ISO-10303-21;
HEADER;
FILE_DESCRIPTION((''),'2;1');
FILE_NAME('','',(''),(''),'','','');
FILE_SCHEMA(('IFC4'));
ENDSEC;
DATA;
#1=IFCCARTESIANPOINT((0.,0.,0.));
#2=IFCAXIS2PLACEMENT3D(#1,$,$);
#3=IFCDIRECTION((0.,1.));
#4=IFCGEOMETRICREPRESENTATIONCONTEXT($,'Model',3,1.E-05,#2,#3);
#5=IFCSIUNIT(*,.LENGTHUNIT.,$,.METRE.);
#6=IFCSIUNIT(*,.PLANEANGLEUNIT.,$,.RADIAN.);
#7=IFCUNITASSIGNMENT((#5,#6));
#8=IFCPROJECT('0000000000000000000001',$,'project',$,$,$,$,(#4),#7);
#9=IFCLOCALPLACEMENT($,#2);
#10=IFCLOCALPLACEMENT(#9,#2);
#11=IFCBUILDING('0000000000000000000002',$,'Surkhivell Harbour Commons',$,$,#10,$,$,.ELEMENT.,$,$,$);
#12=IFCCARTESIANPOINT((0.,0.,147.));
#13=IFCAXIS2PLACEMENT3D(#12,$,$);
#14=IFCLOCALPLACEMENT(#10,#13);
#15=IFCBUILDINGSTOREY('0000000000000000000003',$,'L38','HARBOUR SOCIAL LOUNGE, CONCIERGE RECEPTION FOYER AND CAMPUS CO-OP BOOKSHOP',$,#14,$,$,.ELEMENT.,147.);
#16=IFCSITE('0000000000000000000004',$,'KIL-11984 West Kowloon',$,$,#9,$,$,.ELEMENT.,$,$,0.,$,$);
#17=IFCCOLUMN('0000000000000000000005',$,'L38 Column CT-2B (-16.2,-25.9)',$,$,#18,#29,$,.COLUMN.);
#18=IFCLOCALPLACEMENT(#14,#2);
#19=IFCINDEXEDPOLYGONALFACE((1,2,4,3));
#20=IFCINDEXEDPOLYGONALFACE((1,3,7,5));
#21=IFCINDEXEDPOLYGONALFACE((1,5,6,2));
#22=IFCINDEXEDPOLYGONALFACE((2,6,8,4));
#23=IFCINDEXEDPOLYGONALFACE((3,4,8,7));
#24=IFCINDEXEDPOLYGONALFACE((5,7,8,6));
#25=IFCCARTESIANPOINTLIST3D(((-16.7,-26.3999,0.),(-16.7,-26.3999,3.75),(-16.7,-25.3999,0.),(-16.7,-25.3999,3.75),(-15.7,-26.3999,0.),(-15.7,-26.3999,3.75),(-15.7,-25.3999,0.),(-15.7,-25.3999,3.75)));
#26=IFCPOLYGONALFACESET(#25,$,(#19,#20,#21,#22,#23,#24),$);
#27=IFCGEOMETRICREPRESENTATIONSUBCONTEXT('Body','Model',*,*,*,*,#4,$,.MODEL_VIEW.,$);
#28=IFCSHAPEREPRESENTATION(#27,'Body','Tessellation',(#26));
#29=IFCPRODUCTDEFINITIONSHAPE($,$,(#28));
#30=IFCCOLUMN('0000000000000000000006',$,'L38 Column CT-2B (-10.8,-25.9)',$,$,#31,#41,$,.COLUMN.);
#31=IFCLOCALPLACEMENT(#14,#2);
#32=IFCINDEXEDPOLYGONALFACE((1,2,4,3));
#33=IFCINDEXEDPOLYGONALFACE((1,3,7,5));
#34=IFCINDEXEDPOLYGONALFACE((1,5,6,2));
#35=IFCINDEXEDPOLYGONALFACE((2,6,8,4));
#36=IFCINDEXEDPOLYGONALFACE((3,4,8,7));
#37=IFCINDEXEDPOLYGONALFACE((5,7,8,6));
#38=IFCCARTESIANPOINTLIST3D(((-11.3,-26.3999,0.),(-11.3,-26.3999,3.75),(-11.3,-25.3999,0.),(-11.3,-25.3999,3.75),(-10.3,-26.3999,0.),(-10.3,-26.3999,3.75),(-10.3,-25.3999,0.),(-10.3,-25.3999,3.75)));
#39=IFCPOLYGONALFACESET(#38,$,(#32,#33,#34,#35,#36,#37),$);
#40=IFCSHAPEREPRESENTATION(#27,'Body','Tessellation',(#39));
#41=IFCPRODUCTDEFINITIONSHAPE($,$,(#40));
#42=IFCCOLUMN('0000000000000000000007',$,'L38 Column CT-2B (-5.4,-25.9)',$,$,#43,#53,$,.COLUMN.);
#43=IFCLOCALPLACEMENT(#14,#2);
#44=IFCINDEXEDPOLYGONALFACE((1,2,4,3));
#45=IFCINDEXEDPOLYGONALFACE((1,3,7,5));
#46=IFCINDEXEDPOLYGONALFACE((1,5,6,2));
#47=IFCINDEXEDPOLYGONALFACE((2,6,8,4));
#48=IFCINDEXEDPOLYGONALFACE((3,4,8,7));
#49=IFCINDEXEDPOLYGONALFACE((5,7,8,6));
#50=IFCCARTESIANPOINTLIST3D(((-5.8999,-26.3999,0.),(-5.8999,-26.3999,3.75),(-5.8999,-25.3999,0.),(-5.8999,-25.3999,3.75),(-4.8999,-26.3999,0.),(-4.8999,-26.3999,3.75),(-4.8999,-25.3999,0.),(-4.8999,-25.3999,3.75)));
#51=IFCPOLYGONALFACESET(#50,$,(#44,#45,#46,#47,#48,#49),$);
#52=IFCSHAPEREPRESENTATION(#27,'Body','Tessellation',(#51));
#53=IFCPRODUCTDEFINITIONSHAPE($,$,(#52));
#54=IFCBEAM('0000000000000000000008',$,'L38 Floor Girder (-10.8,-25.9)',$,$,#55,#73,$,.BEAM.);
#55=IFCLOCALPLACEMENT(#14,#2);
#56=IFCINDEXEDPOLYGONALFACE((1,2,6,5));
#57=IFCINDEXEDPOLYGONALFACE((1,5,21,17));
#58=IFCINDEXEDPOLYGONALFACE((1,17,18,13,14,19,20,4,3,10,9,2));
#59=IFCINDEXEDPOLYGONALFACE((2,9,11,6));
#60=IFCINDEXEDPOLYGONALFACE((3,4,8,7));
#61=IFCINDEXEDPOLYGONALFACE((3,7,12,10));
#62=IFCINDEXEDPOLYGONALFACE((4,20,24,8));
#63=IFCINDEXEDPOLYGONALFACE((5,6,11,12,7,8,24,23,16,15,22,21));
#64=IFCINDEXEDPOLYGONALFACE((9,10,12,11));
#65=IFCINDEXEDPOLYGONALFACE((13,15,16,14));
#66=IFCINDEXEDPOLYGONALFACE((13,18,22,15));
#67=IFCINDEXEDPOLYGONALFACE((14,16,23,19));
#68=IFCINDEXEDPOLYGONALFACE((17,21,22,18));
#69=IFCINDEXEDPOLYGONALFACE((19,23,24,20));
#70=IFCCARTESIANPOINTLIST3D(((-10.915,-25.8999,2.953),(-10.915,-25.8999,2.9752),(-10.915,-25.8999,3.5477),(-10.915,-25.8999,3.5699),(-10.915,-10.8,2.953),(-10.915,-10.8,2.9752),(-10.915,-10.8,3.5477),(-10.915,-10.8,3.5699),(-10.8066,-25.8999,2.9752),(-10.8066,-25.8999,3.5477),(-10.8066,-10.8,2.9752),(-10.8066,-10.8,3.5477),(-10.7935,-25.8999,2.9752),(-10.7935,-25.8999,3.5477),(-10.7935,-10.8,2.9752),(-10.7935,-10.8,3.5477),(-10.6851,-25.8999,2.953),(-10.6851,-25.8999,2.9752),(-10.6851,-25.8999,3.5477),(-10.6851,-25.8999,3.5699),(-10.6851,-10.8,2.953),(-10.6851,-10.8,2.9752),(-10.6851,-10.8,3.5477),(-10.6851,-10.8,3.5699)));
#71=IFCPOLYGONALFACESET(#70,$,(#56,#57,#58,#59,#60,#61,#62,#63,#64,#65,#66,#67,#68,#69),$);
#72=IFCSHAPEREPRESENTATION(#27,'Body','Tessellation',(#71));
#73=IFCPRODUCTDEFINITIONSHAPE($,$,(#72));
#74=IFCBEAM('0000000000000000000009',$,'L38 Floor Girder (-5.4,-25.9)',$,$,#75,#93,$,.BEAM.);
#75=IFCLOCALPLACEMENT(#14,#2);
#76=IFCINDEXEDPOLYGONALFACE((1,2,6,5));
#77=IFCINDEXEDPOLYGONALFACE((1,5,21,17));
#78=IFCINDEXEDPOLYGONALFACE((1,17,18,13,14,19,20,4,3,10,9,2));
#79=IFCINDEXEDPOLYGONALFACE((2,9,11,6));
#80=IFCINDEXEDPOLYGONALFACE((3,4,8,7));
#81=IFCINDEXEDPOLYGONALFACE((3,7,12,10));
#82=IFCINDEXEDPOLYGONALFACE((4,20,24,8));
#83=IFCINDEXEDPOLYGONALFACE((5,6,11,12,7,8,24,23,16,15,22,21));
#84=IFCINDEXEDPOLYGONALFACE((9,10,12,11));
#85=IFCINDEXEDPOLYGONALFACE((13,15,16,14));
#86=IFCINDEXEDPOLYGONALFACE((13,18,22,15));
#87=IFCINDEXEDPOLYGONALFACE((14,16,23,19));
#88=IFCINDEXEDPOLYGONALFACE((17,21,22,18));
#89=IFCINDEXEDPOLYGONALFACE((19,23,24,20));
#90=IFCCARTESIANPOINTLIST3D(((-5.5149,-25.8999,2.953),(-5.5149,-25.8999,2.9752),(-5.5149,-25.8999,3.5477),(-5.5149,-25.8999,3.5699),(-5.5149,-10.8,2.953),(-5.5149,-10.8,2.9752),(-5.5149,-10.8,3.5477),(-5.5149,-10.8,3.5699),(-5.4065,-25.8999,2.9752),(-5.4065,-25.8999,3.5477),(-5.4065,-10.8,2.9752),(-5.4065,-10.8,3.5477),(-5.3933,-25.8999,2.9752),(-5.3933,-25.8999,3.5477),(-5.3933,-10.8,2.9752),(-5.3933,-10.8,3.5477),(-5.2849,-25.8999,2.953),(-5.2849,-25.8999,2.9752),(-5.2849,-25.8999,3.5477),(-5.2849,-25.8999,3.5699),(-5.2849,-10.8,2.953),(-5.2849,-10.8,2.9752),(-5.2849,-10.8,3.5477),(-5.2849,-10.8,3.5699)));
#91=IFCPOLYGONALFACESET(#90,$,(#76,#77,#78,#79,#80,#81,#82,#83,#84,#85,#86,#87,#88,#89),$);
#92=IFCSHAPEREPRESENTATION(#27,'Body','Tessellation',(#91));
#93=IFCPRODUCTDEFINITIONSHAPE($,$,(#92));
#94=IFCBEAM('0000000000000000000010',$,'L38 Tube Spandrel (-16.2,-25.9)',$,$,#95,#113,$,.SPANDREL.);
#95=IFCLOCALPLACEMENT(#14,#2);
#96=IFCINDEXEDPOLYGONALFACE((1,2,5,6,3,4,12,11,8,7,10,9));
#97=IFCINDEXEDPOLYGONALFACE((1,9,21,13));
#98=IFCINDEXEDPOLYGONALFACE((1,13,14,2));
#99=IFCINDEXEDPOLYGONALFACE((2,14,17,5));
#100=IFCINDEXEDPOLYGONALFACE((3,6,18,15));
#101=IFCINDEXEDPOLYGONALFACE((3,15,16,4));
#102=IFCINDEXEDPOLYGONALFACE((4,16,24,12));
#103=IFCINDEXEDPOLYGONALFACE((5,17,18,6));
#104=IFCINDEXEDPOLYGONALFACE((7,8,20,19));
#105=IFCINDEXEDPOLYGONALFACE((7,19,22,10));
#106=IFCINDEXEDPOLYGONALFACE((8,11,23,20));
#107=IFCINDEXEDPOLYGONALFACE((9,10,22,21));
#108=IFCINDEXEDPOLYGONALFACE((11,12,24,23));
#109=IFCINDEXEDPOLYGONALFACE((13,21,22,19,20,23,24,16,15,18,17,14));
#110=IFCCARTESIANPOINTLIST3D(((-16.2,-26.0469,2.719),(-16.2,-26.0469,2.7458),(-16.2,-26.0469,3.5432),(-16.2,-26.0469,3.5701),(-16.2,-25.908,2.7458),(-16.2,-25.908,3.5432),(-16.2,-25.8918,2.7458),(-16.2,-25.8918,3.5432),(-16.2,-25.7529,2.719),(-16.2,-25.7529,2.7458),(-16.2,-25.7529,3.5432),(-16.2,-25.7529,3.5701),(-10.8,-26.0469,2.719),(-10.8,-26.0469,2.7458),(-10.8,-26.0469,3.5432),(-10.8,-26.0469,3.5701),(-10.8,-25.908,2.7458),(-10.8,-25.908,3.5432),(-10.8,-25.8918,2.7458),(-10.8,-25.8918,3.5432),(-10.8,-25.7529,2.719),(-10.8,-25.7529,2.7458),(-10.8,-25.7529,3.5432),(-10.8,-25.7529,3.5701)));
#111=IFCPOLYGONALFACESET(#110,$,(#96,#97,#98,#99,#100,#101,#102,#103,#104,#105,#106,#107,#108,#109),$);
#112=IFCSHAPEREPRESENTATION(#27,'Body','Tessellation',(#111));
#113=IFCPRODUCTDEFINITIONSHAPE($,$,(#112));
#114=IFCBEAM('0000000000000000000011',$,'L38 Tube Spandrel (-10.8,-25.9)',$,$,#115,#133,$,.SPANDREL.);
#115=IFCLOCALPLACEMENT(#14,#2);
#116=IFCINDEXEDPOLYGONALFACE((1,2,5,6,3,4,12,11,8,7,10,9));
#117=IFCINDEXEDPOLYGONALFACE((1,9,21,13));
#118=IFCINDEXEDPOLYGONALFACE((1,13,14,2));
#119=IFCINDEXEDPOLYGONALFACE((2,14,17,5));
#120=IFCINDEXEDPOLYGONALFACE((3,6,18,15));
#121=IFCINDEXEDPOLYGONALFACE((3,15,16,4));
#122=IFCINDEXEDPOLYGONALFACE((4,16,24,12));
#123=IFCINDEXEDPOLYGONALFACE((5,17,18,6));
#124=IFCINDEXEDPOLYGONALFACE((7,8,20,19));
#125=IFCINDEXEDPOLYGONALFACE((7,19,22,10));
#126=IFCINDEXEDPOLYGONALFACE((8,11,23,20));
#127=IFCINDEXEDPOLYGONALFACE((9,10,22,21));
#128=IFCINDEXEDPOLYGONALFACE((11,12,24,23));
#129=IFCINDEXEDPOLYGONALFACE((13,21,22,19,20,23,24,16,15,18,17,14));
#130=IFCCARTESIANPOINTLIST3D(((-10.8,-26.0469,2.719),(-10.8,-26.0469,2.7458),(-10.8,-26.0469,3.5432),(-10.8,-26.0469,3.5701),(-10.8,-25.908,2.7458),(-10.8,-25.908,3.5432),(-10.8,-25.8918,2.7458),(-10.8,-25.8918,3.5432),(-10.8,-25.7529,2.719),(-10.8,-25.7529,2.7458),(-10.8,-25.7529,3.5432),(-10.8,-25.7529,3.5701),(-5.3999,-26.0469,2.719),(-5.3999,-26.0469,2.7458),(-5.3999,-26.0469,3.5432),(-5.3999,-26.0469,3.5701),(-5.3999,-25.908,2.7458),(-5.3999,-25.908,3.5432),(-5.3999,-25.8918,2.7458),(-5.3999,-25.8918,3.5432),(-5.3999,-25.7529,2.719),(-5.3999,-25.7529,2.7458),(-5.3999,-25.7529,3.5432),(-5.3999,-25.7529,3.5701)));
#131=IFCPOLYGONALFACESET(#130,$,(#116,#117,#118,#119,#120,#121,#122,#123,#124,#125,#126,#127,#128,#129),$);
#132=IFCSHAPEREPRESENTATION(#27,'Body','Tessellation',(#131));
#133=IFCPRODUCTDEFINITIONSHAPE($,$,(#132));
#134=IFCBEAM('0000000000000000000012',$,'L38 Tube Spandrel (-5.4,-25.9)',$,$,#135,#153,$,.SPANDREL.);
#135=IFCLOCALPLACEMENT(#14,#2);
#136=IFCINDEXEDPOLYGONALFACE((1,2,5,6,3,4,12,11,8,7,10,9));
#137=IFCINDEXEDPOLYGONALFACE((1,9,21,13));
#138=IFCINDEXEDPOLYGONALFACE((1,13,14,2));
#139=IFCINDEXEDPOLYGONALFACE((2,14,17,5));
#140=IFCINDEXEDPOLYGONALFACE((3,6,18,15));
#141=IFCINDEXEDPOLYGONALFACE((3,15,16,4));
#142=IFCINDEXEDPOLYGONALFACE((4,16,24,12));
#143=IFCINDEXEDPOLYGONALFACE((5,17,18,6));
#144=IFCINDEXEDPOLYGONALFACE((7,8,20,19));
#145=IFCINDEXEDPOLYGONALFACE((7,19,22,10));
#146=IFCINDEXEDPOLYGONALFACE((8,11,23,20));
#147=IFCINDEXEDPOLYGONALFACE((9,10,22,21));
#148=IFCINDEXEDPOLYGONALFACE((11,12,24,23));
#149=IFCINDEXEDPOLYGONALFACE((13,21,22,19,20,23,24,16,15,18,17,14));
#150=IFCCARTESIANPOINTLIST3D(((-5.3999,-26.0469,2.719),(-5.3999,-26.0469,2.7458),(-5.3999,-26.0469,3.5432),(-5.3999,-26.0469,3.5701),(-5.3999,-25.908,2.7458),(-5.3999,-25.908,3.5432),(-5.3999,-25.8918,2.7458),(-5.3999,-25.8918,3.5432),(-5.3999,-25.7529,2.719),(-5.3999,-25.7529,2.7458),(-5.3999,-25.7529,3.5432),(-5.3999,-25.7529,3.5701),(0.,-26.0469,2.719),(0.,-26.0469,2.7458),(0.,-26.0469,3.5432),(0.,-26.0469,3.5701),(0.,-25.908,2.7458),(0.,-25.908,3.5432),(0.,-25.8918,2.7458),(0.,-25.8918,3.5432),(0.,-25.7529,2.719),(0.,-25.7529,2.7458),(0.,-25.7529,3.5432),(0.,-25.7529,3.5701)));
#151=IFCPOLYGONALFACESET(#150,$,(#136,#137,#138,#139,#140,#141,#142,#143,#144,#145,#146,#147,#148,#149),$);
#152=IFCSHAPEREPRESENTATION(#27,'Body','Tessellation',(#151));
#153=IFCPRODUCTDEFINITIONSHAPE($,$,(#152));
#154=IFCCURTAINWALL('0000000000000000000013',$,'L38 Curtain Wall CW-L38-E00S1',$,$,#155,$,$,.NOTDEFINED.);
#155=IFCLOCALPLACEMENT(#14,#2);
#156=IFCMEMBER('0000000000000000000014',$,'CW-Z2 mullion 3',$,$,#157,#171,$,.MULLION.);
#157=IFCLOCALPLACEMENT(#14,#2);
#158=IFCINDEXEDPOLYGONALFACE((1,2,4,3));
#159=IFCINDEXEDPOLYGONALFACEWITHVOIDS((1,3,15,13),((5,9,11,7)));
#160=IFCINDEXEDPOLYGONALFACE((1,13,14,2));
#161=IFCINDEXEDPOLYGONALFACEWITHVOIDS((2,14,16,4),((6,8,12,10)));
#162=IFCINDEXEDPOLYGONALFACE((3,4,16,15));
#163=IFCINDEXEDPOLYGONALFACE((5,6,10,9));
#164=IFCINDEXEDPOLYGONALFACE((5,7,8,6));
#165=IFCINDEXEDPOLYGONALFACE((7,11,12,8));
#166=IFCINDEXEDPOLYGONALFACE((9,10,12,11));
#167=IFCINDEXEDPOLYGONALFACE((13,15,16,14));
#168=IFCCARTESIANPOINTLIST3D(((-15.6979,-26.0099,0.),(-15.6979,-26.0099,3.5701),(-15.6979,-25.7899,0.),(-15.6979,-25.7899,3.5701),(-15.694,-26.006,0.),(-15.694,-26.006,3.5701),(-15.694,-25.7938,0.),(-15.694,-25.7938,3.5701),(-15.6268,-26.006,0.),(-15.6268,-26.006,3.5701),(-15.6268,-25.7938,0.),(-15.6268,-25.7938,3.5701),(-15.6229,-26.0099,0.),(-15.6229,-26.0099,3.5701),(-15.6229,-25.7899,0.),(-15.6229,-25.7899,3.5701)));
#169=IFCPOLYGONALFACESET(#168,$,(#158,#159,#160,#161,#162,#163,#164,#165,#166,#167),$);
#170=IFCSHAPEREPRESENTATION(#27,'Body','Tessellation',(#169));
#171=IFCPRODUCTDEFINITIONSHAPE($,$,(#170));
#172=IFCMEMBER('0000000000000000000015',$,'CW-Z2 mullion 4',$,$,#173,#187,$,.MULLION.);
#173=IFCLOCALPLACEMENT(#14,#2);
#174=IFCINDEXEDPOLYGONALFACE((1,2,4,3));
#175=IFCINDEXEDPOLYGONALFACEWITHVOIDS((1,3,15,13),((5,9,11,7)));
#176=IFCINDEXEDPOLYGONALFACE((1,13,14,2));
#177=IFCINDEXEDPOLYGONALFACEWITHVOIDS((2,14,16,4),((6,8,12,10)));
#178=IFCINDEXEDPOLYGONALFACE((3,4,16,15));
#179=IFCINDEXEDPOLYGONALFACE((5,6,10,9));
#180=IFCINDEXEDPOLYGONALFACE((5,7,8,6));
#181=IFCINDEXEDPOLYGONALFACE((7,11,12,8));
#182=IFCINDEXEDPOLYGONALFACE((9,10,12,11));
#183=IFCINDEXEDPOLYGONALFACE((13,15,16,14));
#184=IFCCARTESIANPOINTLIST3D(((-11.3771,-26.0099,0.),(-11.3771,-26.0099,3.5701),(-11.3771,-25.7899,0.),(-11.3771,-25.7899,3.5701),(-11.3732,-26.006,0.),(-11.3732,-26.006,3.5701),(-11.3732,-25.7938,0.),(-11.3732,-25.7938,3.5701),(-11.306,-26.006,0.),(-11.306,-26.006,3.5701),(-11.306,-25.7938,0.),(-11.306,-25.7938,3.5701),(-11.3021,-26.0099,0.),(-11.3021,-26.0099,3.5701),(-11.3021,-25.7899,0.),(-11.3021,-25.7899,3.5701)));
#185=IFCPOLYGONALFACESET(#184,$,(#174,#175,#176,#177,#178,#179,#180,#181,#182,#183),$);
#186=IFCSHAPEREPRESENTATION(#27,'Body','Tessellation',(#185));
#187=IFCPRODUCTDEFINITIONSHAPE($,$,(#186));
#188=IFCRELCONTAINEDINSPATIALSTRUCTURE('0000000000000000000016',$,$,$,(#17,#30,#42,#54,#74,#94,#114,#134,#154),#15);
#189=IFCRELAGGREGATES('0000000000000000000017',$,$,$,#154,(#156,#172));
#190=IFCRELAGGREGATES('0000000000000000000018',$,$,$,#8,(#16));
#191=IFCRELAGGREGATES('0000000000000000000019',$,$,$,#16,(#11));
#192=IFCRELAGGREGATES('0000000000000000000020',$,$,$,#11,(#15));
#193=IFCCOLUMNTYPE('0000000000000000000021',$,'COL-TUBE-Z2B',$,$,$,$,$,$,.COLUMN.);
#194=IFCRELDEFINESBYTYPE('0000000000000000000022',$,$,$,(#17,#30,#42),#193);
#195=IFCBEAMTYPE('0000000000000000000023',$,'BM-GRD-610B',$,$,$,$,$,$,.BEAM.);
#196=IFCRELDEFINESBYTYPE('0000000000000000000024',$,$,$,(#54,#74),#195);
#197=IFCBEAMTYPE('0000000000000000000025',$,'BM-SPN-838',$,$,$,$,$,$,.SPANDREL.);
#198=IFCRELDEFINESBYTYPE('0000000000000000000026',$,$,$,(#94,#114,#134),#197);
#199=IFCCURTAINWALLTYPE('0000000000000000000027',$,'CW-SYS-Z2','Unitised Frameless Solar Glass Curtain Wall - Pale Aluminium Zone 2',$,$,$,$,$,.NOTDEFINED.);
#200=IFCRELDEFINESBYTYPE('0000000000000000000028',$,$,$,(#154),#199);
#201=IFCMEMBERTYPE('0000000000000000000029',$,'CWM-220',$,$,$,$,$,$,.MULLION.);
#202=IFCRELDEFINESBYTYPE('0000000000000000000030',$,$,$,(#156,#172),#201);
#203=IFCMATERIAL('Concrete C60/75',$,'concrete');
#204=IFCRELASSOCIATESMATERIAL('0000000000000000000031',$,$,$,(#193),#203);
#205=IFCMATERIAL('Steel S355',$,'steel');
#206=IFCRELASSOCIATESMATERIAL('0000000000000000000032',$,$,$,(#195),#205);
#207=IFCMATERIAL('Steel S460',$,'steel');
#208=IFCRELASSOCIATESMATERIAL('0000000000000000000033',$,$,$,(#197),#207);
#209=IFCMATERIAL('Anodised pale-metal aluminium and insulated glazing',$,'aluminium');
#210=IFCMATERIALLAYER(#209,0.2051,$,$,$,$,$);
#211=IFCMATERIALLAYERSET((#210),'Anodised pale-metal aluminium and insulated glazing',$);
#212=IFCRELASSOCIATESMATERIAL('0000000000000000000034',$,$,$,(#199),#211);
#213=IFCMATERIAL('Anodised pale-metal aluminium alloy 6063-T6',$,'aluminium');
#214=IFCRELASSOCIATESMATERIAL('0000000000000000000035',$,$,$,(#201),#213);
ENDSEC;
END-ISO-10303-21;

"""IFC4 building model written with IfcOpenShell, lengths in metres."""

from ifc_helpers import new_model, si_unit, direction, frame, origin, origin_2d, place, context, subcontext, project, spatial, rectangle, hollow_rectangle, i_section, extrude, material, layer, layer_set, material_profile, profile_set, type_object, element, aggregate, save


model = new_model("IFC4")

# Units and contexts
model_context = context("Model", 3, precision=1e-05, world=origin(), true_north=direction((0.0, 1.0)))
body_context = subcontext(model_context, "Body", "Model", "MODEL_VIEW")
ifc_project = project(units=[si_unit("LENGTHUNIT", "METRE"), si_unit("PLANEANGLEUNIT", "RADIAN")], contexts=[model_context])

# Site, building, storey
site_placement = place(None, origin())
site = spatial("IfcSite", under=ifc_project, at=site_placement, Name="KIL-11984 West Kowloon", CompositionType="ELEMENT", RefElevation=0.0)
building_placement = place(site_placement, origin())
building = spatial("IfcBuilding", under=site, at=building_placement, Name="Surkhivell Harbour Commons", CompositionType="ELEMENT")
storey_placement = place(building_placement, frame((0.0, 0.0, 147.0)))
storey = spatial("IfcBuildingStorey", under=building, at=storey_placement, Name="L38", Description="HARBOUR SOCIAL LOUNGE, CONCIERGE RECEPTION FOYER AND CAMPUS CO-OP BOOKSHOP", CompositionType="ELEMENT", Elevation=147.0)

# Columns
ifc_material_1 = material(Name="Concrete C60/75", Category="concrete")
ifc_material_profile_1 = material_profile(ifc_material_1, rectangle(XDim=1.0, YDim=1.0, at=origin_2d()), Name="RC-COL-1000x1000")
ifc_profile_set_1 = profile_set([ifc_material_profile_1], Name="Concrete C60/75")
column_type = type_object("IfcColumnType", Name="COL-TUBE-Z2B", PredefinedType="COLUMN", material=ifc_profile_set_1)
for number, where, z_axis, x_axis, name in (
    (1, (-16.2, -25.8999, 0.0), (0.0, 0.0, 1.0), (1.0, 0.0, 0.0), "L38 Column CT-2B (-16.2,-25.9)"),
    (2, (-10.8, -25.8999, 0.0), (0.0, 0.0, 1.0), (1.0, 0.0, 0.0), "L38 Column CT-2B (-10.8,-25.9)"),
    (3, (-5.3999, -25.8999, 0.0), (0.0, 0.0, 1.0), (1.0, 0.0, 0.0), "L38 Column CT-2B (-5.4,-25.9)"),
):
    element("IfcColumn", number, at=place(storey_placement, frame(where, z_axis=z_axis, x_axis=x_axis)), inside=storey, type_object=column_type, Name=name, PredefinedType="COLUMN", context=body_context, shape_type="SweptSolid", body=[
        extrude(rectangle(XDim=1.0, YDim=1.0, at=origin_2d()), origin(), (0.0, 0.0, 1.0), 3.75),
    ])

# Beams
ifc_material_2 = material(Name="Steel S355", Category="steel")
ifc_material_profile_2 = material_profile(ifc_material_2, i_section(OverallWidth=0.23, OverallDepth=0.6169, WebThickness=0.0132, FlangeThickness=0.0222, at=origin_2d()), Name="UB610x229x140")
ifc_profile_set_2 = profile_set([ifc_material_profile_2], Name="Steel S355")
beam_type_1 = type_object("IfcBeamType", Name="BM-GRD-610B", PredefinedType="BEAM", material=ifc_profile_set_2)
for number, where, z_axis, x_axis, name in (
    (4, (-10.8, -25.8999, 3.2615), (0.0, 1.0, 0.0), (-1.0, 0.0, 0.0), "L38 Floor Girder (-10.8,-25.9)"),
    (5, (-5.3999, -25.8999, 3.2615), (0.0, 1.0, 0.0), (-1.0, 0.0, 0.0), "L38 Floor Girder (-5.4,-25.9)"),
):
    element("IfcBeam", number, at=place(storey_placement, frame(where, z_axis=z_axis, x_axis=x_axis)), inside=storey, type_object=beam_type_1, Name=name, PredefinedType="BEAM", context=body_context, shape_type="SweptSolid", body=[
        extrude(i_section(OverallWidth=0.23, OverallDepth=0.6169, WebThickness=0.0132, FlangeThickness=0.0222, at=origin_2d()), origin(), (0.0, 0.0, 1.0), 15.0999),
    ])
ifc_material_3 = material(Name="Steel S460", Category="steel")
ifc_material_profile_3 = material_profile(ifc_material_3, i_section(OverallWidth=0.2939, OverallDepth=0.8511, WebThickness=0.0161, FlangeThickness=0.0269, at=origin_2d()), Name="UB838x292x226")
ifc_profile_set_3 = profile_set([ifc_material_profile_3], Name="Steel S460")
beam_type_2 = type_object("IfcBeamType", Name="BM-SPN-838", PredefinedType="SPANDREL", material=ifc_profile_set_3)
beam_1_placement = place(storey_placement, frame((-16.2, -25.8999, 3.1445), z_axis=(1.0, 0.0, 0.0), x_axis=(0.0, 1.0, 0.0)))
element("IfcBeam", 6, at=beam_1_placement, inside=storey, type_object=beam_type_2, Name="L38 Tube Spandrel (-16.2,-25.9)", PredefinedType="SPANDREL", context=body_context, shape_type="SweptSolid", body=[
    extrude(i_section(OverallWidth=0.2939, OverallDepth=0.8511, WebThickness=0.0161, FlangeThickness=0.0269, at=origin_2d()), origin(), (0.0, 0.0, 1.0), 5.3999),
])
beam_2_placement = place(storey_placement, frame((-10.8, -25.8999, 3.1445), z_axis=(1.0, 0.0, 0.0), x_axis=(0.0, 1.0, 0.0)))
element("IfcBeam", 7, at=beam_2_placement, inside=storey, type_object=beam_type_2, Name="L38 Tube Spandrel (-10.8,-25.9)", PredefinedType="SPANDREL", context=body_context, shape_type="SweptSolid", body=[
    extrude(i_section(OverallWidth=0.2939, OverallDepth=0.8511, WebThickness=0.0161, FlangeThickness=0.0269, at=origin_2d()), origin(), (0.0, 0.0, 1.0), 5.4001),
])
beam_3_placement = place(storey_placement, frame((-5.3999, -25.8999, 3.1445), z_axis=(1.0, 0.0, 0.0), x_axis=(0.0, 1.0, 0.0)))
element("IfcBeam", 8, at=beam_3_placement, inside=storey, type_object=beam_type_2, Name="L38 Tube Spandrel (-5.4,-25.9)", PredefinedType="SPANDREL", context=body_context, shape_type="SweptSolid", body=[
    extrude(i_section(OverallWidth=0.2939, OverallDepth=0.8511, WebThickness=0.0161, FlangeThickness=0.0269, at=origin_2d()), origin(), (0.0, 0.0, 1.0), 5.3999),
])

# Curtain wall, members
ifc_material_4 = material(Name="Anodised pale-metal aluminium and insulated glazing", Category="aluminium")
ifc_layer_1 = layer(ifc_material_4, 0.2051)
ifc_layer_set_1 = layer_set([ifc_layer_1], Name="Anodised pale-metal aluminium and insulated glazing")
curtain_wall_type = type_object("IfcCurtainWallType", Name="CW-SYS-Z2", Description="Unitised Frameless Solar Glass Curtain Wall - Pale Aluminium Zone 2", PredefinedType="NOTDEFINED", material=ifc_layer_set_1)
curtain_wall_1_placement = place(storey_placement, origin())
curtain_wall_1 = element("IfcCurtainWall", 9, at=curtain_wall_1_placement, inside=storey, type_object=curtain_wall_type, Name="L38 Curtain Wall CW-L38-E00S1", PredefinedType="NOTDEFINED")
ifc_material_5 = material(Name="Anodised pale-metal aluminium alloy 6063-T6", Category="aluminium")
ifc_material_profile_4 = material_profile(ifc_material_5, hollow_rectangle(XDim=0.075, YDim=0.22, WallThickness=0.0039, at=origin_2d()), Name="ALU-MULL-75x220")
ifc_profile_set_4 = profile_set([ifc_material_profile_4], Name="Anodised pale-metal aluminium alloy 6063-T6")
member_type_1 = type_object("IfcMemberType", Name="CWM-220", PredefinedType="MULLION", material=ifc_profile_set_4)
member_1_placement = place(storey_placement, frame((-15.6604, -25.8999, 0.0), z_axis=(0.0, 0.0, 1.0), x_axis=(1.0, 0.0, 0.0)))
member_1 = element("IfcMember", 10, at=member_1_placement, type_object=member_type_1, Name="CW-Z2 mullion 3", PredefinedType="MULLION", context=body_context, shape_type="SweptSolid", body=[
    extrude(hollow_rectangle(XDim=0.075, YDim=0.22, WallThickness=0.0039, at=origin_2d()), origin(), (0.0, 0.0, 1.0), 3.5701),
])
member_2_placement = place(storey_placement, frame((-11.3396, -25.8999, 0.0), z_axis=(0.0, 0.0, 1.0), x_axis=(1.0, 0.0, 0.0)))
member_2 = element("IfcMember", 11, at=member_2_placement, type_object=member_type_1, Name="CW-Z2 mullion 4", PredefinedType="MULLION", context=body_context, shape_type="SweptSolid", body=[
    extrude(hollow_rectangle(XDim=0.075, YDim=0.22, WallThickness=0.0039, at=origin_2d()), origin(), (0.0, 0.0, 1.0), 3.5701),
])

aggregate(curtain_wall_1, [member_1, member_2])

save(model, "model.ifc")
